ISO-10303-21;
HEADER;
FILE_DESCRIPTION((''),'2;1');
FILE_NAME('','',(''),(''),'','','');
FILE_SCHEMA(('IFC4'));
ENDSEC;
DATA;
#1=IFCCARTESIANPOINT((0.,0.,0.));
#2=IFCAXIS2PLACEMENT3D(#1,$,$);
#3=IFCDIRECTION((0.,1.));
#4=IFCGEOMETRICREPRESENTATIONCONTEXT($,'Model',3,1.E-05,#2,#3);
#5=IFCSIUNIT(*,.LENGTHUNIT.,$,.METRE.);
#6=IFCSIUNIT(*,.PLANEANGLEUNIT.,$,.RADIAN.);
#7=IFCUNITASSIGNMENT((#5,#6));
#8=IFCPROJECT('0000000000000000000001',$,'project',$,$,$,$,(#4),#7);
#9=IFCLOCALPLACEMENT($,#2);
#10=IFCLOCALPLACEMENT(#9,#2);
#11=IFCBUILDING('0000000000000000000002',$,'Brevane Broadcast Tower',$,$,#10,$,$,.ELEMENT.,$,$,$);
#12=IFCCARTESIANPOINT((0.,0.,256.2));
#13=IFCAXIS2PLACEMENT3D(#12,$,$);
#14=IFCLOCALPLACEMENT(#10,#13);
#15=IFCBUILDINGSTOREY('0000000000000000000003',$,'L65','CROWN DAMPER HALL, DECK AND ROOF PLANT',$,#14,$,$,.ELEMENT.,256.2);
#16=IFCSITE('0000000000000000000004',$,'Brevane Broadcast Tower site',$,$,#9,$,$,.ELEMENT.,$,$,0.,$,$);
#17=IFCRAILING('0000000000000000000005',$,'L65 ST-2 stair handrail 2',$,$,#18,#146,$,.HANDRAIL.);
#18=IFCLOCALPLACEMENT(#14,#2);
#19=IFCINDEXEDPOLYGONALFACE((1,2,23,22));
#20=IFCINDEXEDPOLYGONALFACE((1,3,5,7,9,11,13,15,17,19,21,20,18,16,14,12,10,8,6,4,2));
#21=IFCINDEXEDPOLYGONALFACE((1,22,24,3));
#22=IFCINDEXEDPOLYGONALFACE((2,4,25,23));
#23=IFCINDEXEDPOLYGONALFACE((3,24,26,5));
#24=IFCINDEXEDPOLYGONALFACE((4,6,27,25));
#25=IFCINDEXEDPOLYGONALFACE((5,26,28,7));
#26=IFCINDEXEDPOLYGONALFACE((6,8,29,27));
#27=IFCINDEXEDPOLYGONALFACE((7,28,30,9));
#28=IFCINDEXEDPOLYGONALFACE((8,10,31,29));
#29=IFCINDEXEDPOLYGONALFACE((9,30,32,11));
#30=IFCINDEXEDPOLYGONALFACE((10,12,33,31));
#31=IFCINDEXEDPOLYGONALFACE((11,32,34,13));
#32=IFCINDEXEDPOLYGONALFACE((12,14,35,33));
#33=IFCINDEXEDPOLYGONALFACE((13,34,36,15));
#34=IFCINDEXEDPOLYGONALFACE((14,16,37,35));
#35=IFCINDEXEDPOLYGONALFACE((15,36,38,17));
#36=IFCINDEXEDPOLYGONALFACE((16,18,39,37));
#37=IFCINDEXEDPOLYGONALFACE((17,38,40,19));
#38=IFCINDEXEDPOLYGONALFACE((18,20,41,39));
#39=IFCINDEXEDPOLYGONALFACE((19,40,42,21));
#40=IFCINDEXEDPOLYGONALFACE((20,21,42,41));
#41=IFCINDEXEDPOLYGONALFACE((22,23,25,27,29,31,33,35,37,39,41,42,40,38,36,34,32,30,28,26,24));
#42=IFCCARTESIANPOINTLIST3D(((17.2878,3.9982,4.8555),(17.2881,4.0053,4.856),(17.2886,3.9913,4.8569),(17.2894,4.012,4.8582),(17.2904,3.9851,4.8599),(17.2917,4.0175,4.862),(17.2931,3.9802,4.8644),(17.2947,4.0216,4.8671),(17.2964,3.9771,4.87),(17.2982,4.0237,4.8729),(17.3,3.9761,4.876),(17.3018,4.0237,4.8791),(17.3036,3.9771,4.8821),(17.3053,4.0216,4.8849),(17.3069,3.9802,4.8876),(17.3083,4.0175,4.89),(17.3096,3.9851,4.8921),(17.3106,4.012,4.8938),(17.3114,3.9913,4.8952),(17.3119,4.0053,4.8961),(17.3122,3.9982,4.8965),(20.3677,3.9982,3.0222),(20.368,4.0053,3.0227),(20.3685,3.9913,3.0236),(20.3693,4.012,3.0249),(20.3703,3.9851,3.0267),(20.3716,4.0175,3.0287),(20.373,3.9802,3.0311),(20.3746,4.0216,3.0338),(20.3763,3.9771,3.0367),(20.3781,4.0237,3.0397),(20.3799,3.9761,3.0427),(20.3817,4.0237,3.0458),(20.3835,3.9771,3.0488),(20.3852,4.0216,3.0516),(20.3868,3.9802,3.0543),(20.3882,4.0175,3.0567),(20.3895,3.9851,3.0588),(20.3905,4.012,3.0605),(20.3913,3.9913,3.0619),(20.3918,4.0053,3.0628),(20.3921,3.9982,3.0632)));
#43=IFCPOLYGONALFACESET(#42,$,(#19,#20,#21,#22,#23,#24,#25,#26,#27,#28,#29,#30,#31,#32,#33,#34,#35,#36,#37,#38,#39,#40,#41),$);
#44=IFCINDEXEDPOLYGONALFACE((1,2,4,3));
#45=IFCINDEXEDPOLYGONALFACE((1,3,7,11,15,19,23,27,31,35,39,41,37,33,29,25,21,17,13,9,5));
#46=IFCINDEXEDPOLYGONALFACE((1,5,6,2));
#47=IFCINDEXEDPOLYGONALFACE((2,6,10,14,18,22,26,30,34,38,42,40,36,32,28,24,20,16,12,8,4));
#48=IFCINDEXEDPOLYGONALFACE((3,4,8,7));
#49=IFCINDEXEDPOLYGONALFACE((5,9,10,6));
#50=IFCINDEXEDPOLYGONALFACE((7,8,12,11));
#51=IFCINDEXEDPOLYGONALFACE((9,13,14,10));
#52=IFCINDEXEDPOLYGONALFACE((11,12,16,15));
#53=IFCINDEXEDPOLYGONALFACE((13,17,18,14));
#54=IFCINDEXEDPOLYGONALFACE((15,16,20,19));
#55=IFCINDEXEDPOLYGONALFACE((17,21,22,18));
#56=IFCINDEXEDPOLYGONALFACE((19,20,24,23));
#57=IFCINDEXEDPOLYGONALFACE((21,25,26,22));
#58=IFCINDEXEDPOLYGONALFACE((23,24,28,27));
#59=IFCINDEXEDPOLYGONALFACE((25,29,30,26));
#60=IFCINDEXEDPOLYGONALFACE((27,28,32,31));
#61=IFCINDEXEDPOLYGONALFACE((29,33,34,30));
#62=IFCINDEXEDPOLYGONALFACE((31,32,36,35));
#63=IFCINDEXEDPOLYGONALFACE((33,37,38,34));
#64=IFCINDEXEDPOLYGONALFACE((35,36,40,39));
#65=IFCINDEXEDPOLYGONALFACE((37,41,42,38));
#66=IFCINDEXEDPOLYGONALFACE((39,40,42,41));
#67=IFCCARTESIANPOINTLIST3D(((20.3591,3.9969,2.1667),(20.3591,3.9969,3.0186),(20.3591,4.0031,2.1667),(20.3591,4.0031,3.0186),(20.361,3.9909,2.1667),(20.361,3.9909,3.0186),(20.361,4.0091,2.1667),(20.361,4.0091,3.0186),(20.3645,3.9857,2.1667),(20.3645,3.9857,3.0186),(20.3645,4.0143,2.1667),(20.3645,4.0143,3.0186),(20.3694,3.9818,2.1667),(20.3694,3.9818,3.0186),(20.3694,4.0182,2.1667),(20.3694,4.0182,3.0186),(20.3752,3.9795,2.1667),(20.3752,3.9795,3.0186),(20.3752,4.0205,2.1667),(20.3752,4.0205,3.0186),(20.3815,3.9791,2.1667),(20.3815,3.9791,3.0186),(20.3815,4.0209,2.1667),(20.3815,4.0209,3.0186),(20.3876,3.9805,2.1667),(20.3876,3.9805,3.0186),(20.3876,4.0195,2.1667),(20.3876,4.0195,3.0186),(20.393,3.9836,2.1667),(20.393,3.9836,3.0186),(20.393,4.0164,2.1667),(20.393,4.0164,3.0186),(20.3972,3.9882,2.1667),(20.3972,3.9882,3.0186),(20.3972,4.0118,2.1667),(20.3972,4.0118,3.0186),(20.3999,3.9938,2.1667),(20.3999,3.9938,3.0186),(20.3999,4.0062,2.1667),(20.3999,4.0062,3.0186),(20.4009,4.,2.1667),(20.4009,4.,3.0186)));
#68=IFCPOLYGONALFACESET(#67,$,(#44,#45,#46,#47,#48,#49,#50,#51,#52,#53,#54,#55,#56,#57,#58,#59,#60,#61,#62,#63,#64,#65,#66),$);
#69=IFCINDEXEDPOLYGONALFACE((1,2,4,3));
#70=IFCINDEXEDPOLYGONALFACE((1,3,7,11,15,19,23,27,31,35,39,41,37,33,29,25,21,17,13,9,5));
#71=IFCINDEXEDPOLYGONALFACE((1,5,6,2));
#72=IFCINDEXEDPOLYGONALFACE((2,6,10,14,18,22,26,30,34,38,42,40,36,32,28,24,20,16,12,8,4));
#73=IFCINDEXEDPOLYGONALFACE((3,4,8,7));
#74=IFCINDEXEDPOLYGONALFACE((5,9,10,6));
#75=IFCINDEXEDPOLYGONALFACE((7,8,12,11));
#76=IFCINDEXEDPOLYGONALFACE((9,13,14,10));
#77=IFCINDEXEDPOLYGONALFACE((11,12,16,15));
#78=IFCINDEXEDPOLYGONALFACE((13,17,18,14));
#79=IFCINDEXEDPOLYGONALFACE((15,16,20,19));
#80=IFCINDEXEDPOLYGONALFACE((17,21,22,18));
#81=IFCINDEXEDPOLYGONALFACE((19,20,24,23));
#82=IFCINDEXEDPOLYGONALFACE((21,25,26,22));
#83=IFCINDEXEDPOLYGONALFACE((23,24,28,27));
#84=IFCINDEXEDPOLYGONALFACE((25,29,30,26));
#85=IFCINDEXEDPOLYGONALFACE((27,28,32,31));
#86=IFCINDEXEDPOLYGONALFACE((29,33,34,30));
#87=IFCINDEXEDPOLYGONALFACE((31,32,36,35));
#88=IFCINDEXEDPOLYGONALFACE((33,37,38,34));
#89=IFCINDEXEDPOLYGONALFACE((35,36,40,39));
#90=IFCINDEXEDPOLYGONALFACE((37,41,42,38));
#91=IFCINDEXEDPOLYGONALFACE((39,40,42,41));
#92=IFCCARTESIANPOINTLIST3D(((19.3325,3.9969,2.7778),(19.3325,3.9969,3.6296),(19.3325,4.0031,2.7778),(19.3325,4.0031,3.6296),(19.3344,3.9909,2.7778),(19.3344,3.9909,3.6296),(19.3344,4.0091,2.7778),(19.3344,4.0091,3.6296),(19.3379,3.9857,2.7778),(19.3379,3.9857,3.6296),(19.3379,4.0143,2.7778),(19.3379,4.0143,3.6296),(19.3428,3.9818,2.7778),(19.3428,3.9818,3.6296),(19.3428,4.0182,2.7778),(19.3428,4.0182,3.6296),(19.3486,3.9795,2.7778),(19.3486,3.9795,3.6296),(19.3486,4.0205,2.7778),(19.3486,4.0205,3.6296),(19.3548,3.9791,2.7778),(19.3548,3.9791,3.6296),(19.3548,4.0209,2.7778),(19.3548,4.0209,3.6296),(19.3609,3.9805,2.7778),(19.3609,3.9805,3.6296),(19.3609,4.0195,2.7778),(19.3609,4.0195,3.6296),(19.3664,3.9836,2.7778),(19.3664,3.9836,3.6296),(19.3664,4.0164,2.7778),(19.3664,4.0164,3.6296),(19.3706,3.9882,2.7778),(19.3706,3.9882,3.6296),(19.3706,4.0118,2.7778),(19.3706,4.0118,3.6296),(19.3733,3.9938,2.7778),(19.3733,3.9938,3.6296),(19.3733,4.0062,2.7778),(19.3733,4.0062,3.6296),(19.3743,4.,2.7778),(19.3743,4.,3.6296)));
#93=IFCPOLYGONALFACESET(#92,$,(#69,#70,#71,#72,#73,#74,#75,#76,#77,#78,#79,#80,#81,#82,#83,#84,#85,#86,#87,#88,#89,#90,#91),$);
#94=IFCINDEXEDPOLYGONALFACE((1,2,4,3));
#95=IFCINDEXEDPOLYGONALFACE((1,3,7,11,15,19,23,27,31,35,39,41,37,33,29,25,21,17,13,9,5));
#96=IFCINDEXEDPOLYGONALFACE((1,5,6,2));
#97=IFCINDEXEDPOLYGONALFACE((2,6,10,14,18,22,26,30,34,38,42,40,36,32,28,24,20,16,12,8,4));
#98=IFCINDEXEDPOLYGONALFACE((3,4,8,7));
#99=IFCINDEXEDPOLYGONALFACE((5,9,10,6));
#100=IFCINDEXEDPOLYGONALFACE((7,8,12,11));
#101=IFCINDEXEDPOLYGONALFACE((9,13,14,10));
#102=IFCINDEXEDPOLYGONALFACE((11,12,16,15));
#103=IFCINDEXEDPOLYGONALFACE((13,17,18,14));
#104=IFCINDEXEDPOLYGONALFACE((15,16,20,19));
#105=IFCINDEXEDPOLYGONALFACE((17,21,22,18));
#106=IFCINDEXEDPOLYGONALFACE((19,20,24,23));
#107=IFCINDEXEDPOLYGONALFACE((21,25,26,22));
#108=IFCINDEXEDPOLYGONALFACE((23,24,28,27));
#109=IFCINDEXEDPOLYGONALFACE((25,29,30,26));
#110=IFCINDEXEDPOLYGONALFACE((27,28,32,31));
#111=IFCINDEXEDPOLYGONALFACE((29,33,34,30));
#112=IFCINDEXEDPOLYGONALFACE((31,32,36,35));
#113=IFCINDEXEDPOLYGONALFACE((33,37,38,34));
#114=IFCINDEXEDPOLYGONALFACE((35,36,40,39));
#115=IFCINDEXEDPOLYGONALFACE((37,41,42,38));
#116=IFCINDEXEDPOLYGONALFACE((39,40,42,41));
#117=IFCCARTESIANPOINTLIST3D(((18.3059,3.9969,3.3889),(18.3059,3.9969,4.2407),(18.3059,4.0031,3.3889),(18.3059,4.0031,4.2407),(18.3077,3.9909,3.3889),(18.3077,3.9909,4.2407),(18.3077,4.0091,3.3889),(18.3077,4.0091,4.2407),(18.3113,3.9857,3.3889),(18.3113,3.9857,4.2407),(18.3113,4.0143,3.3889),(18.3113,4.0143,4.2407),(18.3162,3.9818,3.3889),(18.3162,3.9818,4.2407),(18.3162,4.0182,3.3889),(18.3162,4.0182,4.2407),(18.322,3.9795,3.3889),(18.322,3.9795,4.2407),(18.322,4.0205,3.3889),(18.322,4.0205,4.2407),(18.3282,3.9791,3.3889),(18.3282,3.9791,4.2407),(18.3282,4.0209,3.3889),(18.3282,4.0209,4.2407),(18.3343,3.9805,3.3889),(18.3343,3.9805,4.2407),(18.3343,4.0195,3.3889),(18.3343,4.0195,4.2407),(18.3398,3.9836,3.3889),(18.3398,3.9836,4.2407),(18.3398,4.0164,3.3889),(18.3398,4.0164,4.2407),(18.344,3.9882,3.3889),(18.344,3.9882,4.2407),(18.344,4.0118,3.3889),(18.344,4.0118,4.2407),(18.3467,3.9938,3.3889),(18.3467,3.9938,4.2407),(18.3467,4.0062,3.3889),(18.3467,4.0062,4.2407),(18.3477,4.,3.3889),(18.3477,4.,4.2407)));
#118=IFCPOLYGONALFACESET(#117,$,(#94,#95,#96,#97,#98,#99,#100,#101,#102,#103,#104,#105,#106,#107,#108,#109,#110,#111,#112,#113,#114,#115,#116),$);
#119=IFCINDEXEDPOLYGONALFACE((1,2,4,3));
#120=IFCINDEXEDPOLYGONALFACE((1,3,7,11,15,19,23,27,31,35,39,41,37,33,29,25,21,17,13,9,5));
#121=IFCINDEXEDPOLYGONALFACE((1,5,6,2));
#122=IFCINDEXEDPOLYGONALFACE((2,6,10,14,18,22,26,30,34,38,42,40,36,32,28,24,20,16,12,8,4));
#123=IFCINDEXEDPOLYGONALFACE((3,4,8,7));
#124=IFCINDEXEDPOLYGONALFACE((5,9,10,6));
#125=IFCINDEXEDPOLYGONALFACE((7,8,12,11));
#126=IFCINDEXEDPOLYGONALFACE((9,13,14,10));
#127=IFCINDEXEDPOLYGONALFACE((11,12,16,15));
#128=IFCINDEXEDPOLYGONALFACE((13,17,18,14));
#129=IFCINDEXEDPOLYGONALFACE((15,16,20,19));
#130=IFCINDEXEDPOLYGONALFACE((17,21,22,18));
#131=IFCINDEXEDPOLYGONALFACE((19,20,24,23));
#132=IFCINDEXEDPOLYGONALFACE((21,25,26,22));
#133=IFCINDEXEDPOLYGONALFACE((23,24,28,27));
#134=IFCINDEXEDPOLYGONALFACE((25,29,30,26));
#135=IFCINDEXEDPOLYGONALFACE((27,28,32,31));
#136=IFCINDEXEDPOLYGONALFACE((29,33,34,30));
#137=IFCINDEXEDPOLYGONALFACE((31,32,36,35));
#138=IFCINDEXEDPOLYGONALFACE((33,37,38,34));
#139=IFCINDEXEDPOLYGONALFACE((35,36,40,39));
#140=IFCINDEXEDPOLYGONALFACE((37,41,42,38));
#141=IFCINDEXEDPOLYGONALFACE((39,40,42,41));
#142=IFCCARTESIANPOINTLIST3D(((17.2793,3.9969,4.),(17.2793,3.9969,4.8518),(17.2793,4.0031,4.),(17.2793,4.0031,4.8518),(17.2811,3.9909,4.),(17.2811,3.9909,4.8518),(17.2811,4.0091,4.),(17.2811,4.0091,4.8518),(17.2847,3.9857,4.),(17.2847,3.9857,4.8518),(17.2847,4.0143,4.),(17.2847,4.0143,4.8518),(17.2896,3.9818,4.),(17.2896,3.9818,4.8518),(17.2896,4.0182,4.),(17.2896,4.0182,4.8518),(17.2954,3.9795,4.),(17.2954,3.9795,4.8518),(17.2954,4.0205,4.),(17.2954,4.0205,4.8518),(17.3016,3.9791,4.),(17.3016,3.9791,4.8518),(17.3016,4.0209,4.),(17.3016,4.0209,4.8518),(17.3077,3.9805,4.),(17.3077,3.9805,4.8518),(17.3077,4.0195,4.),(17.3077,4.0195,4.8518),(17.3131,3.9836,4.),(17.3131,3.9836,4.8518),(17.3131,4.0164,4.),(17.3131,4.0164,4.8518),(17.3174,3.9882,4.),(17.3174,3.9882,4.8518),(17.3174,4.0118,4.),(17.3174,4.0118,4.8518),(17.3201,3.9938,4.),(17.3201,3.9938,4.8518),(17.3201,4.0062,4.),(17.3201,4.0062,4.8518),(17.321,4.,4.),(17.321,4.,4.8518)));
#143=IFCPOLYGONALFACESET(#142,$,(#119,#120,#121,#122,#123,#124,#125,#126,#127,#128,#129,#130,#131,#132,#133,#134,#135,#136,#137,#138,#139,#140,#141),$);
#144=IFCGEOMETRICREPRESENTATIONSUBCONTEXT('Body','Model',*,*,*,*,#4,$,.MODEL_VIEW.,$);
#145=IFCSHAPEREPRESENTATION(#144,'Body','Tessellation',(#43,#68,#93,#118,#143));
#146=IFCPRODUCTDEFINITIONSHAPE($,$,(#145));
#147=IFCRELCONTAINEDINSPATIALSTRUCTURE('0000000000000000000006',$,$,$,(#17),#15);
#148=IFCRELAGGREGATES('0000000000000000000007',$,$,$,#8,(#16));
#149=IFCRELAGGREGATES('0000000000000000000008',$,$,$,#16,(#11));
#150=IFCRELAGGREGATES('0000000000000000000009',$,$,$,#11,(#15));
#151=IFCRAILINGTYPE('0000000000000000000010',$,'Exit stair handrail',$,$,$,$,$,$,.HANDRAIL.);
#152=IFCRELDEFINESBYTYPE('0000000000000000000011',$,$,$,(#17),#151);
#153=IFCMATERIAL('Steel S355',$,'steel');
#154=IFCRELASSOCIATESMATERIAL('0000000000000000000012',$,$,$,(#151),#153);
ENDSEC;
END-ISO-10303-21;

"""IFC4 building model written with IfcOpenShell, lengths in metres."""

from ifc_helpers import new_model, si_unit, direction, frame, origin, origin_2d, place, context, subcontext, project, spatial, circle, extrude, material, type_object, element, save


model = new_model("IFC4")

# Units and contexts
model_context = context("Model", 3, precision=1e-05, world=origin(), true_north=direction((0.0, 1.0)))
body_context = subcontext(model_context, "Body", "Model", "MODEL_VIEW")
ifc_project = project(units=[si_unit("LENGTHUNIT", "METRE"), si_unit("PLANEANGLEUNIT", "RADIAN")], contexts=[model_context])

# Site, building, storey
site_placement = place(None, origin())
site = spatial("IfcSite", under=ifc_project, at=site_placement, Name="Brevane Broadcast Tower site", CompositionType="ELEMENT", RefElevation=0.0)
building_placement = place(site_placement, origin())
building = spatial("IfcBuilding", under=site, at=building_placement, Name="Brevane Broadcast Tower", CompositionType="ELEMENT")
storey_placement = place(building_placement, frame((0.0, 0.0, 256.2)))
storey = spatial("IfcBuildingStorey", under=building, at=storey_placement, Name="L65", Description="CROWN DAMPER HALL, DECK AND ROOF PLANT", CompositionType="ELEMENT", Elevation=256.2)

# Railing
ifc_material_1 = material(Name="Steel S355", Category="steel")
railing_type_1 = type_object("IfcRailingType", Name="Exit stair handrail", PredefinedType="HANDRAIL", material=ifc_material_1)
for number, where, name in (
    (1, (20.3799, 4.0, 2.1667), "L65 ST-2 stair handrail 2"),
):
    element("IfcRailing", number, at=place(storey_placement, frame(where)), inside=storey, type_object=railing_type_1, Name=name, PredefinedType="HANDRAIL", context=body_context, shape_type="SweptSolid", body=[
        extrude(circle(Radius=0.0239, at=origin_2d()), frame((0.0, 0.0, 0.876), z_axis=(-0.859291, 0.0, 0.511487), x_axis=(0.0, -1.0, 0.0)), (0.0, 0.0, 1.0), 3.5842),
        extrude(circle(Radius=0.021, at=origin_2d()), origin(), (0.0, 0.0, 1.0), 0.8518),
        extrude(circle(Radius=0.021, at=origin_2d()), frame((-1.0266, 0.0, 0.6111)), (0.0, 0.0, 1.0), 0.8518),
        extrude(circle(Radius=0.021, at=origin_2d()), frame((-2.0532, 0.0, 1.2222)), (0.0, 0.0, 1.0), 0.8518),
        extrude(circle(Radius=0.021, at=origin_2d()), frame((-3.0798, 0.0, 1.8333)), (0.0, 0.0, 1.0), 0.8518),
    ])

save(model, "model.ifc")
